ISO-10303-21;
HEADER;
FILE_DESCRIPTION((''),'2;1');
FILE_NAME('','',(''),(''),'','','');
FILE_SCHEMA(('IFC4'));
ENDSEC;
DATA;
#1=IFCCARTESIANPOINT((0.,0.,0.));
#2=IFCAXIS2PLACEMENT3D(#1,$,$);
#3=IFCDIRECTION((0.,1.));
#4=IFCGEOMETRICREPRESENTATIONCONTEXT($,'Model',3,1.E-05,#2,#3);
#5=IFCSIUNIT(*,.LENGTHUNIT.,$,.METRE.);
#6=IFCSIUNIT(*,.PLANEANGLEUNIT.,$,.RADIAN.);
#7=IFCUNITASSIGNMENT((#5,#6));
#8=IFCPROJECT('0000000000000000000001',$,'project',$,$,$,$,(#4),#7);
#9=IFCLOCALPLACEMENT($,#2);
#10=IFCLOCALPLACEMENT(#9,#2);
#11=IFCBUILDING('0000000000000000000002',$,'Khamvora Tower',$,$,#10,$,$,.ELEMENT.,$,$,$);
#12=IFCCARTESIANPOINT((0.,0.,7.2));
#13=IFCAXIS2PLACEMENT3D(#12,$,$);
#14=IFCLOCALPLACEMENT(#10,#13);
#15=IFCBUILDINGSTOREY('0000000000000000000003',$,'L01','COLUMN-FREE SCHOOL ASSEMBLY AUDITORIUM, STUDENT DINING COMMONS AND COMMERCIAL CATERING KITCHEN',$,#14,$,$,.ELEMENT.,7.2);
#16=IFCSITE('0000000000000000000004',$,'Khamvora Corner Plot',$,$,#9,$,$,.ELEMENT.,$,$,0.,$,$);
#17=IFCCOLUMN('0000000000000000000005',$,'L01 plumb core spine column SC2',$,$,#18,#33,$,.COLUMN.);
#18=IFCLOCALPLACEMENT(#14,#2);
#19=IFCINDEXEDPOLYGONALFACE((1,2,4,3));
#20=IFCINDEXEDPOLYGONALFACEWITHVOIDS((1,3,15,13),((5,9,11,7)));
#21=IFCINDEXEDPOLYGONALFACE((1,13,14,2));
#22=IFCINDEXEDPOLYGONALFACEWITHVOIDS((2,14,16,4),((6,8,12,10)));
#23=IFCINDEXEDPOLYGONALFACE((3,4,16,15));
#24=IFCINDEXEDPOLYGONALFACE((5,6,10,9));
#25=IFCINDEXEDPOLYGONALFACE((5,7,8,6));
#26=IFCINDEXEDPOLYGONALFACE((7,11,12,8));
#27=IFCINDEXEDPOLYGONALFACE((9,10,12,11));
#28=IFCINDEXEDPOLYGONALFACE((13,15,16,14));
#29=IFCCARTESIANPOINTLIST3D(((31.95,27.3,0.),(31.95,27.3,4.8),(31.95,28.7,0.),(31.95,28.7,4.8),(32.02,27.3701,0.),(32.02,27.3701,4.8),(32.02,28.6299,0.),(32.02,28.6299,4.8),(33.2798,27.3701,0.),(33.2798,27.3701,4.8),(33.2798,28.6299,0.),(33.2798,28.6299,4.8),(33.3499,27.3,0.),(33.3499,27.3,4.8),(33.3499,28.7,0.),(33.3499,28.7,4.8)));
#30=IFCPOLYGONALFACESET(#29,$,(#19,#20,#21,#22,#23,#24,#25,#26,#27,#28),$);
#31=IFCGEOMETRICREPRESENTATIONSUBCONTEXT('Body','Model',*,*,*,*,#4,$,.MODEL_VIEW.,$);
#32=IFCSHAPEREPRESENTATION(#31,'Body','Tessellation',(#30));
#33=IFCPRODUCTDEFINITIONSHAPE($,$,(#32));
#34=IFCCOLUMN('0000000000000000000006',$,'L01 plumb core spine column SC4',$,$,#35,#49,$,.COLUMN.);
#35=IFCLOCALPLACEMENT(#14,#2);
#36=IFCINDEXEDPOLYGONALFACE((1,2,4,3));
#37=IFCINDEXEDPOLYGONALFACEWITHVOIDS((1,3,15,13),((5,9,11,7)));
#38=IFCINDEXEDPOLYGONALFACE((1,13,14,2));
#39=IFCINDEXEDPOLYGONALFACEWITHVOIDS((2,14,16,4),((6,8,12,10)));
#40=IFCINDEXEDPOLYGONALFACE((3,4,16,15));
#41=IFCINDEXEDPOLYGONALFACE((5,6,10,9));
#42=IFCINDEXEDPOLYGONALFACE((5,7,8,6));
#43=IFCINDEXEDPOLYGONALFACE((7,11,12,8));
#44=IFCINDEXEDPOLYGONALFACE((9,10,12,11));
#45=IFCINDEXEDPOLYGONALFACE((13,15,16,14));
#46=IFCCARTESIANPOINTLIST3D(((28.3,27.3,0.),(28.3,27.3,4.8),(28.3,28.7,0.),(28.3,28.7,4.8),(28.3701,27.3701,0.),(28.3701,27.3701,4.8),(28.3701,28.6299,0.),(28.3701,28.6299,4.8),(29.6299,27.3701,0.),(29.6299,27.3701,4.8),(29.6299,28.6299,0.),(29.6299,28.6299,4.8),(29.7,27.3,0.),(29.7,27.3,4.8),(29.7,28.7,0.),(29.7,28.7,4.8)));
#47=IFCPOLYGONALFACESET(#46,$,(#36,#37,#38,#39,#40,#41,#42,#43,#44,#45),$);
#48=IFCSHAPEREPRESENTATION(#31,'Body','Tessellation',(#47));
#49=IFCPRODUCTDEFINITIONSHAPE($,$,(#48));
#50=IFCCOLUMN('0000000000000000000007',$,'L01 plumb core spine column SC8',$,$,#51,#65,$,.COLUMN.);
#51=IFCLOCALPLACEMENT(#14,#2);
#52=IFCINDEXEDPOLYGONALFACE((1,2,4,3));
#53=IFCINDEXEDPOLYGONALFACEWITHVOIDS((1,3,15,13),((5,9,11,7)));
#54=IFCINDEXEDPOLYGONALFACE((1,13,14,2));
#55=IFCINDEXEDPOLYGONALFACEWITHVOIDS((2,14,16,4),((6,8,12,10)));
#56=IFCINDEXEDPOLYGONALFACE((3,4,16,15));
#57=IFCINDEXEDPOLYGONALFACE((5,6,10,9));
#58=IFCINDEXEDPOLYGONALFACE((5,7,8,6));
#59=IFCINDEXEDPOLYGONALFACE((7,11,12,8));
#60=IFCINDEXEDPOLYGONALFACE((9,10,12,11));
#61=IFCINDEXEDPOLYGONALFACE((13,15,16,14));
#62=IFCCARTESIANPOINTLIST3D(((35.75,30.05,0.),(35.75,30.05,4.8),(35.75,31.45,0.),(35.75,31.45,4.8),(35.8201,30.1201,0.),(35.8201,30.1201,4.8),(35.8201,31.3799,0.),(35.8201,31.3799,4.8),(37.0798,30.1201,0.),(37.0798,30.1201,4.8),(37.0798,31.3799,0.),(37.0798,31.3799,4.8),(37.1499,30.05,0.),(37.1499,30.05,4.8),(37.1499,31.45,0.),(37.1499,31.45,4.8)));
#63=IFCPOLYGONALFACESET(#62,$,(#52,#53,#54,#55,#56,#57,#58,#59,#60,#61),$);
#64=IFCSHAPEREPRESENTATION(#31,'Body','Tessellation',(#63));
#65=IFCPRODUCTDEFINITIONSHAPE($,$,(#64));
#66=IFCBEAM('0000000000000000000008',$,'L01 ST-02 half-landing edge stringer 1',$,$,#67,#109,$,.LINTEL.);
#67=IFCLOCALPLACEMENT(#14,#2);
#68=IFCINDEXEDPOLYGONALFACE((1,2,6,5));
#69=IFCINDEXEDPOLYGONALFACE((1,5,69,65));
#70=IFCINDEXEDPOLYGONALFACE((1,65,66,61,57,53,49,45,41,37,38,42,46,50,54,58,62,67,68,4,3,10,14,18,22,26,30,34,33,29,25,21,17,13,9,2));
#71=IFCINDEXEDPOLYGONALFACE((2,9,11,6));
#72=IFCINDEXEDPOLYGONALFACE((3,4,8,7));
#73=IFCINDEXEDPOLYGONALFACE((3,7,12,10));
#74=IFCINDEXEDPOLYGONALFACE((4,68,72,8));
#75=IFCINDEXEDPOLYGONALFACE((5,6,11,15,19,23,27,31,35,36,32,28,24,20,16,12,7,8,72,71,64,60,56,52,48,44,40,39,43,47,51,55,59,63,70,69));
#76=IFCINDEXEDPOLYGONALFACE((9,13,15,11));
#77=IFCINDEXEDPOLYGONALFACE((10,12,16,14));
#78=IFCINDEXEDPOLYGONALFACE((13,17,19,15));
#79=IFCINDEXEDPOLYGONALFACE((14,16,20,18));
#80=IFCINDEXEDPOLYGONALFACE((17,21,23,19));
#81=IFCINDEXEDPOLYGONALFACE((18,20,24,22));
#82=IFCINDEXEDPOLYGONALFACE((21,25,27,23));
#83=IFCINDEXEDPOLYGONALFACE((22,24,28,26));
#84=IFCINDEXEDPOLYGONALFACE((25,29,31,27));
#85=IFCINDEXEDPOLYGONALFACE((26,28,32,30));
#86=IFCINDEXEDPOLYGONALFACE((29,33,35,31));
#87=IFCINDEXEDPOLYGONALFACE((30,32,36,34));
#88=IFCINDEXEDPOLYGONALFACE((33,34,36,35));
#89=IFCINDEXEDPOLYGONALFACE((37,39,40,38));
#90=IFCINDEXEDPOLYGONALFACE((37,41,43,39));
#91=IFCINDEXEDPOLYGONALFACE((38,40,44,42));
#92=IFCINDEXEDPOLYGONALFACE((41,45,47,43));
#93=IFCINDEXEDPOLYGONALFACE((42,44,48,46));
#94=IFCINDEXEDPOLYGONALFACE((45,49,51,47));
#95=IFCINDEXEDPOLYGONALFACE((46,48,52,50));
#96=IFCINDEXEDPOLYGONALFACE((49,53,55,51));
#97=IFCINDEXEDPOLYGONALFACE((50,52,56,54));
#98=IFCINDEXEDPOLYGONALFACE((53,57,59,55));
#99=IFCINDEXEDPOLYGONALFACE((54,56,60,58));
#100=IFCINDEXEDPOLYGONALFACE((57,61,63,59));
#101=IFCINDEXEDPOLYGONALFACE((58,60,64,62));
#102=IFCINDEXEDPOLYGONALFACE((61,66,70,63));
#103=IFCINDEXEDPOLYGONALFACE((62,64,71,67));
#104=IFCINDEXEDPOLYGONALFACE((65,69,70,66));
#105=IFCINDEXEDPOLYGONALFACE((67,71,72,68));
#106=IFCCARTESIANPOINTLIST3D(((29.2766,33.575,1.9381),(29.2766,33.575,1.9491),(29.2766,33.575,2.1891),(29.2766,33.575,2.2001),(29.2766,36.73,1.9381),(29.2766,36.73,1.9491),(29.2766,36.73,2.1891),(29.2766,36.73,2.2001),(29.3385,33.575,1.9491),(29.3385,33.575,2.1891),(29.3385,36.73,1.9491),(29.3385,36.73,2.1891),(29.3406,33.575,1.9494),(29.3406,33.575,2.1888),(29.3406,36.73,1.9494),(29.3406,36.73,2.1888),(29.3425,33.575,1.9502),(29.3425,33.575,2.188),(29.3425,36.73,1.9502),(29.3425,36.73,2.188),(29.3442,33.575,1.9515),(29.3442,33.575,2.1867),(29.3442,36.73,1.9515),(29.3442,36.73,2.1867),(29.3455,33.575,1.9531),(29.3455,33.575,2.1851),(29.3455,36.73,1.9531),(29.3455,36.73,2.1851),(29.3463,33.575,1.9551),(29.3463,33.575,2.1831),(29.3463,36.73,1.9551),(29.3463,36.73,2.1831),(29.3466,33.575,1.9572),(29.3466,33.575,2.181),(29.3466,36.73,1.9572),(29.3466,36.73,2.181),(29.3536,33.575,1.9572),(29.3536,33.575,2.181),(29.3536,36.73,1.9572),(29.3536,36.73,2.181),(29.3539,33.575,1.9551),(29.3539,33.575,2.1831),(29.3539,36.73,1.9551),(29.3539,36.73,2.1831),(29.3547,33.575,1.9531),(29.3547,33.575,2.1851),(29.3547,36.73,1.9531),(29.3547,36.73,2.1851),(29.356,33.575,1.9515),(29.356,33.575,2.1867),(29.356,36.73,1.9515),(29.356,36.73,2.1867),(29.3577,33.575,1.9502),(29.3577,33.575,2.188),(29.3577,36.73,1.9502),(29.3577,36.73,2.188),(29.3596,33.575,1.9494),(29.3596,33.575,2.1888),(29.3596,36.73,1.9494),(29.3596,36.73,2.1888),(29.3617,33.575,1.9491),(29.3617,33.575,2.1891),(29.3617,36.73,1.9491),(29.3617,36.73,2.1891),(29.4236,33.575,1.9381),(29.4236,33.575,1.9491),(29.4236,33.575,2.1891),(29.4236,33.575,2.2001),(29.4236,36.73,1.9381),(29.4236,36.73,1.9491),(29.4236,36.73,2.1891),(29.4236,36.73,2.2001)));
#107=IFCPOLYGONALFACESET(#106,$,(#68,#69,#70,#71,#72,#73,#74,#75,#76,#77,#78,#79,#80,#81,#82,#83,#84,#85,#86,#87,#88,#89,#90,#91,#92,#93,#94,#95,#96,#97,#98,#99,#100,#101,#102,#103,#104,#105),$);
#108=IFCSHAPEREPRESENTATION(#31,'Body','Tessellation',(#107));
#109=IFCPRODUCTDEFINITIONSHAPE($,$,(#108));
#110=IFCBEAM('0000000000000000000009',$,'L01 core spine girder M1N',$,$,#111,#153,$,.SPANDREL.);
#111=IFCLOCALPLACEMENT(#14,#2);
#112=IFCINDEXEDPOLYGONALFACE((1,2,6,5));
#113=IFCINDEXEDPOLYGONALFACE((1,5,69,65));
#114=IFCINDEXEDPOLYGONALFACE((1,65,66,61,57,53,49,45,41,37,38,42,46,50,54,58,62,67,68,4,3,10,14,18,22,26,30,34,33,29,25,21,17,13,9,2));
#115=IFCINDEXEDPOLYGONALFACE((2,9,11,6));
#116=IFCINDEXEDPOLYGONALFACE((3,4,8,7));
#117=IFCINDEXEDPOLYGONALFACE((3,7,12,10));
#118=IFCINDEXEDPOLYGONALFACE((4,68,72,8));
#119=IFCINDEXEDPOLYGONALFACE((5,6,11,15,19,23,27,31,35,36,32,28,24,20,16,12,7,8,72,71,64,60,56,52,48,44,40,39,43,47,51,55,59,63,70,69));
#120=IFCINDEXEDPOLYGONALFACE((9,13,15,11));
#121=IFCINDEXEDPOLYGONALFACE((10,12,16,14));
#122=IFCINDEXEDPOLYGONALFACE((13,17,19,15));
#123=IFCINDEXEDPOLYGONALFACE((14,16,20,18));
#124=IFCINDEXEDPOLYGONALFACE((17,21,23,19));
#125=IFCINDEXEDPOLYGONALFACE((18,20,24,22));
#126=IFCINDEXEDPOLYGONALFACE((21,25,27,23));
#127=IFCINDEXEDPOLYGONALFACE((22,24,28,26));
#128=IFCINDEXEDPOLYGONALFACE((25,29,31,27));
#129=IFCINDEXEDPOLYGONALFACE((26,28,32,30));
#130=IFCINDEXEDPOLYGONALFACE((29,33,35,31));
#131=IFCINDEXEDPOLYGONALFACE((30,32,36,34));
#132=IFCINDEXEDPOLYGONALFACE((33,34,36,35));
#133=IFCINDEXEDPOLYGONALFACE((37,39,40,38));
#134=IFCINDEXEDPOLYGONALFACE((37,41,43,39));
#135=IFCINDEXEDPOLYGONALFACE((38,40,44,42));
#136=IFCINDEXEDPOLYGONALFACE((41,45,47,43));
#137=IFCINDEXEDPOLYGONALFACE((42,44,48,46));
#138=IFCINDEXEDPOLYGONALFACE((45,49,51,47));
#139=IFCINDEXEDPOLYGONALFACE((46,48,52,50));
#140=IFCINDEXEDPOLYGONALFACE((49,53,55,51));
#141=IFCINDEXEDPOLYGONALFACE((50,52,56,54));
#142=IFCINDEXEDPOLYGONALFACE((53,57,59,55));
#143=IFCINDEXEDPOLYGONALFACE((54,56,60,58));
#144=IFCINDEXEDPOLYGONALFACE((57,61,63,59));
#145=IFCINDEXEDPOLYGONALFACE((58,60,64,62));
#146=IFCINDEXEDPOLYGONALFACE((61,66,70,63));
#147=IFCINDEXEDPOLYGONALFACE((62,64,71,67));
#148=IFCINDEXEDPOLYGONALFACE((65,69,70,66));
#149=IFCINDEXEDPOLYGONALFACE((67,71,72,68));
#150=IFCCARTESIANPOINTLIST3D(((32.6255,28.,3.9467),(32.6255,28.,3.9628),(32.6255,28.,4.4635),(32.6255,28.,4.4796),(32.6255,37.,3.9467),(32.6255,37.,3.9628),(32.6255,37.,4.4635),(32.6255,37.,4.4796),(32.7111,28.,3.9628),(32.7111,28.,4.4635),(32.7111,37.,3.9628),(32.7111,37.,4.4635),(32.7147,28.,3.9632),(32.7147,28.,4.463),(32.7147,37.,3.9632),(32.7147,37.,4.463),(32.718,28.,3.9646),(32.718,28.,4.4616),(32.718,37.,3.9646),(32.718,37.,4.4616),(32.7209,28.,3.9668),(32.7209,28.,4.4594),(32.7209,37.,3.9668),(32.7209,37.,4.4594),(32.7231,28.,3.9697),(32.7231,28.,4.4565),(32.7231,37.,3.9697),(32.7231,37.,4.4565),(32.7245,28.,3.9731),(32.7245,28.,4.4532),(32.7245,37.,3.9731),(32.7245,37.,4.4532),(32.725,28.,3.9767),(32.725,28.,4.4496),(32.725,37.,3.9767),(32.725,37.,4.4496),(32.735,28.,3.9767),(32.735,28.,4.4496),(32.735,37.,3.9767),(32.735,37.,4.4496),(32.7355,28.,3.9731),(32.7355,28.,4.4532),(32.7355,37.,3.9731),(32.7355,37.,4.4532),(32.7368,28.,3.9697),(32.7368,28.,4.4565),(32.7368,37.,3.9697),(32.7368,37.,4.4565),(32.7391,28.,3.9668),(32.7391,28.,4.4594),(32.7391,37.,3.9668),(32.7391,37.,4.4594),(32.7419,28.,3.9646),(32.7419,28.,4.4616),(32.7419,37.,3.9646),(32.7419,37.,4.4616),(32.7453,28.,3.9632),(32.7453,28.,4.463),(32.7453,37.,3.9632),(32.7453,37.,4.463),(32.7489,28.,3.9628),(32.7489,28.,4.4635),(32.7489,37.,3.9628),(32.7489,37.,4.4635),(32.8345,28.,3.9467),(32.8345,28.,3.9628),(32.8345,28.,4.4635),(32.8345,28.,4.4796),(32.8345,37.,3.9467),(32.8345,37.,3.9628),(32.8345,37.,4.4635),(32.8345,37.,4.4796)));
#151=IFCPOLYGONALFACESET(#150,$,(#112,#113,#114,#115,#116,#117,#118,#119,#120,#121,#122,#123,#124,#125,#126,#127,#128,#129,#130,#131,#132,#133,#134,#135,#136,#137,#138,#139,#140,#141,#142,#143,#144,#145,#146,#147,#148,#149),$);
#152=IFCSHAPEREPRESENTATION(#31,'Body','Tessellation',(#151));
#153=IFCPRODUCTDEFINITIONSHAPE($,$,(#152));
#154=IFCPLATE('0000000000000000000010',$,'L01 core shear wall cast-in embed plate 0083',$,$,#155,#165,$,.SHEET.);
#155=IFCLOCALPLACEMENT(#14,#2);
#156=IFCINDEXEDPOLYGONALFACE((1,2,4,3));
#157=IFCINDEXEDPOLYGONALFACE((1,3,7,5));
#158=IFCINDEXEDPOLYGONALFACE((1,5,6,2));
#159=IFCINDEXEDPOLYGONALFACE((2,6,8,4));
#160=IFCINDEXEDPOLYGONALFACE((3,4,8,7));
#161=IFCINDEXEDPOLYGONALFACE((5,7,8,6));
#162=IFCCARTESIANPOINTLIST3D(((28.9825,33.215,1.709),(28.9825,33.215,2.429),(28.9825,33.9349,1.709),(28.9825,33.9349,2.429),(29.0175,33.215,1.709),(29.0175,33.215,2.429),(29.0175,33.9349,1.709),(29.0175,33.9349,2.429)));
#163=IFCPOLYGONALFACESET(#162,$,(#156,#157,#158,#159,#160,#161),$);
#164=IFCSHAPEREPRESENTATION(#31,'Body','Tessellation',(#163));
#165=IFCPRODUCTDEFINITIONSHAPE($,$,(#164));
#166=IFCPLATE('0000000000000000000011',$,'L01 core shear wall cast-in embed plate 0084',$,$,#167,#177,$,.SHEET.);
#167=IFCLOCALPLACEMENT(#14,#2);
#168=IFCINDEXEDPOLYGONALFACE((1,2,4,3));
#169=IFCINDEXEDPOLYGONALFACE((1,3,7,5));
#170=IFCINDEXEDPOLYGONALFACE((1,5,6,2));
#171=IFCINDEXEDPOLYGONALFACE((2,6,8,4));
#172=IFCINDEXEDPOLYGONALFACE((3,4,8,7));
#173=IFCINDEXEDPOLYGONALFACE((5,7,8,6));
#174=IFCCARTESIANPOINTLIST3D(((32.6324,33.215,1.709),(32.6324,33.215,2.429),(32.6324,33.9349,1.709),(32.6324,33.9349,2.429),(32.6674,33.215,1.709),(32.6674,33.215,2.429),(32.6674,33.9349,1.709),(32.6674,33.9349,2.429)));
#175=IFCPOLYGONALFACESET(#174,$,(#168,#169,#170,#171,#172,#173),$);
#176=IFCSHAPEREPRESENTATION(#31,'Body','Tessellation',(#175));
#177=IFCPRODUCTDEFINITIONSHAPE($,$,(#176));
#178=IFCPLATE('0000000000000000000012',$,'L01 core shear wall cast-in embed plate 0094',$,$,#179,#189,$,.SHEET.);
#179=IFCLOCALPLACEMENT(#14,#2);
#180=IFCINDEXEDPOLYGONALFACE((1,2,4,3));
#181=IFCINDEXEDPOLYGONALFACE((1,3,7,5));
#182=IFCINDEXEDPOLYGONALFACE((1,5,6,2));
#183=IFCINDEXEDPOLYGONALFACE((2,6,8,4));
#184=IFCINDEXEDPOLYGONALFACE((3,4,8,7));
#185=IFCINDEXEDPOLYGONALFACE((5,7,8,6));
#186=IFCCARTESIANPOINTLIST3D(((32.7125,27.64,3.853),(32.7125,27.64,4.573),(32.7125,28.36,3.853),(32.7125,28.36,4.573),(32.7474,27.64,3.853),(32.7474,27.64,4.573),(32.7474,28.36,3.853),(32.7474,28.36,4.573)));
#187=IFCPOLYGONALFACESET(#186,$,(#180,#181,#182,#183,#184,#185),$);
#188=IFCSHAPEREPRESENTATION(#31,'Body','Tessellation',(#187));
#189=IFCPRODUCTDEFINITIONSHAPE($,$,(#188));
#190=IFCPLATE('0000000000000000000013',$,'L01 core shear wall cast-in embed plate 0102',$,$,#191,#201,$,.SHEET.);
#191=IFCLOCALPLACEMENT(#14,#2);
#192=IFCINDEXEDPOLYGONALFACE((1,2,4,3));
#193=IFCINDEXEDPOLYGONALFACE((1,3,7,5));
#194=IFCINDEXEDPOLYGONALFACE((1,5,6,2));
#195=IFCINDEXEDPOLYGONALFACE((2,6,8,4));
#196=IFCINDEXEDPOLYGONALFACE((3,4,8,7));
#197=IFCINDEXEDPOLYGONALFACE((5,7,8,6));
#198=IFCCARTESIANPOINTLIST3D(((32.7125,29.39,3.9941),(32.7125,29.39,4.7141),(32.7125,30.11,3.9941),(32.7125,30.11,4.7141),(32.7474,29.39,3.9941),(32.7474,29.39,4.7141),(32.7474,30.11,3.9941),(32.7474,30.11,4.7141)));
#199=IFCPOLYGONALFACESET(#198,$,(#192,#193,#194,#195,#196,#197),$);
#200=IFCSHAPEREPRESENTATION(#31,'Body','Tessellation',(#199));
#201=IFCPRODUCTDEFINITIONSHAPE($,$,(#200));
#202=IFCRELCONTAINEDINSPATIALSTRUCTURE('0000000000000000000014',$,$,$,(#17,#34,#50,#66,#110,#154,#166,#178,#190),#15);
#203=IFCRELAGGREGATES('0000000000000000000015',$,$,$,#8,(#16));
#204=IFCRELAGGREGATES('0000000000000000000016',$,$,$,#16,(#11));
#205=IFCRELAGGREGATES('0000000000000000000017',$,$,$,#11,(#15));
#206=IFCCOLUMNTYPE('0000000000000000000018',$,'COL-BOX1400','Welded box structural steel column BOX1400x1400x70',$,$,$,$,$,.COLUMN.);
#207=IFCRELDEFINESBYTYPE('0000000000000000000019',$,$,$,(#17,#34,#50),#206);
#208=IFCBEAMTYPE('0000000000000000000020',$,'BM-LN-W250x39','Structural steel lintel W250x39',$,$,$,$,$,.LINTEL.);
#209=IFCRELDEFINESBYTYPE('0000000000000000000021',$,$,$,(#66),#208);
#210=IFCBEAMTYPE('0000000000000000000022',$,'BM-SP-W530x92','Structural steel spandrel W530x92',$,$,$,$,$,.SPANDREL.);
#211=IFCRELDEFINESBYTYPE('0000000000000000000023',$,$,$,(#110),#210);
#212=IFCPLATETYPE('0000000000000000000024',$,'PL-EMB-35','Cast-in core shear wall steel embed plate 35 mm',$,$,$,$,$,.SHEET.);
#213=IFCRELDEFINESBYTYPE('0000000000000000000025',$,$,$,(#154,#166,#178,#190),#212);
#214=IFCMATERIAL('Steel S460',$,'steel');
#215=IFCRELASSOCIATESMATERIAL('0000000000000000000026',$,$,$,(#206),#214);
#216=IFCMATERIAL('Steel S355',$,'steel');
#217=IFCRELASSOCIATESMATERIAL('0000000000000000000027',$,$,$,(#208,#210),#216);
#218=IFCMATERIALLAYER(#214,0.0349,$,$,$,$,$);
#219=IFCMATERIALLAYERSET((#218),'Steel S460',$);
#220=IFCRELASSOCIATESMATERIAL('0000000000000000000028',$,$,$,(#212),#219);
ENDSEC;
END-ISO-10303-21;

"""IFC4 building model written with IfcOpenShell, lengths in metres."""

from ifc_helpers import new_model, si_unit, direction, frame, origin, origin_2d, place, context, subcontext, project, spatial, rectangle, hollow_rectangle, i_section, extrude, material, layer, layer_set, material_profile, profile_set, type_object, element, save


model = new_model("IFC4")

# Units and contexts
model_context = context("Model", 3, precision=1e-05, world=origin(), true_north=direction((0.0, 1.0)))
body_context = subcontext(model_context, "Body", "Model", "MODEL_VIEW")
ifc_project = project(units=[si_unit("LENGTHUNIT", "METRE"), si_unit("PLANEANGLEUNIT", "RADIAN")], contexts=[model_context])

# Site, building, storey
site_placement = place(None, origin())
site = spatial("IfcSite", under=ifc_project, at=site_placement, Name="Khamvora Corner Plot", CompositionType="ELEMENT", RefElevation=0.0)
building_placement = place(site_placement, origin())
building = spatial("IfcBuilding", under=site, at=building_placement, Name="Khamvora Tower", CompositionType="ELEMENT")
storey_placement = place(building_placement, frame((0.0, 0.0, 7.2)))
storey = spatial("IfcBuildingStorey", under=building, at=storey_placement, Name="L01", Description="COLUMN-FREE SCHOOL ASSEMBLY AUDITORIUM, STUDENT DINING COMMONS AND COMMERCIAL CATERING KITCHEN", CompositionType="ELEMENT", Elevation=7.2)

# Columns
ifc_material_1 = material(Name="Steel S460", Category="steel")
ifc_material_profile_1 = material_profile(ifc_material_1, hollow_rectangle(XDim=1.3999, YDim=1.3999, WallThickness=0.0701, at=origin_2d()), Name="BOX1400x1400x70")
ifc_profile_set_1 = profile_set([ifc_material_profile_1], Name="Steel S460")
column_type = type_object("IfcColumnType", Name="COL-BOX1400", Description="Welded box structural steel column BOX1400x1400x70", PredefinedType="COLUMN", material=ifc_profile_set_1)
for number, where, z_axis, x_axis, name in (
    (1, (32.6499, 28.0, 0.0), (0.0, 0.0, 1.0), (1.0, 0.0, 0.0), "L01 plumb core spine column SC2"),
    (2, (29.0, 28.0, 0.0), (0.0, 0.0, 1.0), (1.0, 0.0, 0.0), "L01 plumb core spine column SC4"),
    (3, (36.45, 30.75, 0.0), (0.0, 0.0, 1.0), (1.0, 0.0, 0.0), "L01 plumb core spine column SC8"),
):
    element("IfcColumn", number, at=place(storey_placement, frame(where, z_axis=z_axis, x_axis=x_axis)), inside=storey, type_object=column_type, Name=name, PredefinedType="COLUMN", context=body_context, shape_type="SweptSolid", body=[
        extrude(hollow_rectangle(XDim=1.3999, YDim=1.3999, WallThickness=0.0701, at=origin_2d()), origin(), (0.0, 0.0, 1.0), 4.8),
    ])

# Beams
ifc_material_2 = material(Name="Steel S355", Category="steel")
ifc_material_profile_2 = material_profile(ifc_material_2, i_section(OverallWidth=0.147, OverallDepth=0.262, WebThickness=0.0071, FlangeThickness=0.011, FilletRadius=0.0081, at=origin_2d()), Name="W250x39")
ifc_profile_set_2 = profile_set([ifc_material_profile_2], Name="Steel S355")
beam_type_1 = type_object("IfcBeamType", Name="BM-LN-W250x39", Description="Structural steel lintel W250x39", PredefinedType="LINTEL", material=ifc_profile_set_2)
beam_1_placement = place(storey_placement, frame((29.3501, 33.575, 2.0691), z_axis=(0.0, 1.0, 0.0), x_axis=(-1.0, 0.0, 0.0)))
element("IfcBeam", 4, at=beam_1_placement, inside=storey, type_object=beam_type_1, Name="L01 ST-02 half-landing edge stringer 1", PredefinedType="LINTEL", context=body_context, shape_type="SweptSolid", body=[
    extrude(i_section(OverallWidth=0.147, OverallDepth=0.262, WebThickness=0.0071, FlangeThickness=0.011, FilletRadius=0.0081, at=origin_2d()), origin(), (0.0, 0.0, 1.0), 3.155),
])
ifc_material_profile_3 = material_profile(ifc_material_2, i_section(OverallWidth=0.209, OverallDepth=0.533, WebThickness=0.01, FlangeThickness=0.0161, FilletRadius=0.0139, at=origin_2d()), Name="W530x92")
ifc_profile_set_3 = profile_set([ifc_material_profile_3], Name="Steel S355")
beam_type_2 = type_object("IfcBeamType", Name="BM-SP-W530x92", Description="Structural steel spandrel W530x92", PredefinedType="SPANDREL", material=ifc_profile_set_3)
beam_2_placement = place(storey_placement, frame((32.73, 28.0, 4.2131), z_axis=(0.0, 1.0, 0.0), x_axis=(-1.0, 0.0, 0.0)))
element("IfcBeam", 5, at=beam_2_placement, inside=storey, type_object=beam_type_2, Name="L01 core spine girder M1N", PredefinedType="SPANDREL", context=body_context, shape_type="SweptSolid", body=[
    extrude(i_section(OverallWidth=0.209, OverallDepth=0.533, WebThickness=0.01, FlangeThickness=0.0161, FilletRadius=0.0139, at=origin_2d()), origin(), (0.0, 0.0, 1.0), 9.0),
])

# Plates
ifc_layer_1 = layer(ifc_material_1, 0.0349)
ifc_layer_set_1 = layer_set([ifc_layer_1], Name="Steel S460")
plate_type = type_object("IfcPlateType", Name="PL-EMB-35", Description="Cast-in core shear wall steel embed plate 35 mm", PredefinedType="SHEET", material=ifc_layer_set_1)
for number, where, z_axis, x_axis, name in (
    (6, (29.0, 33.575, 1.709), (0.0, 0.0, 1.0), (1.0, 0.0, 0.0), "L01 core shear wall cast-in embed plate 0083"),
    (7, (32.6499, 33.575, 1.709), (0.0, 0.0, 1.0), (1.0, 0.0, 0.0), "L01 core shear wall cast-in embed plate 0084"),
    (8, (32.73, 28.0, 3.853), (0.0, 0.0, 1.0), (1.0, 0.0, 0.0), "L01 core shear wall cast-in embed plate 0094"),
    (9, (32.73, 29.75, 3.9941), (0.0, 0.0, 1.0), (1.0, 0.0, 0.0), "L01 core shear wall cast-in embed plate 0102"),
):
    element("IfcPlate", number, at=place(storey_placement, frame(where, z_axis=z_axis, x_axis=x_axis)), inside=storey, type_object=plate_type, Name=name, PredefinedType="SHEET", context=body_context, shape_type="SweptSolid", body=[
        extrude(rectangle(XDim=0.0349, YDim=0.72, at=origin_2d()), origin(), (0.0, 0.0, 1.0), 0.72),
    ])

save(model, "model.ifc")
